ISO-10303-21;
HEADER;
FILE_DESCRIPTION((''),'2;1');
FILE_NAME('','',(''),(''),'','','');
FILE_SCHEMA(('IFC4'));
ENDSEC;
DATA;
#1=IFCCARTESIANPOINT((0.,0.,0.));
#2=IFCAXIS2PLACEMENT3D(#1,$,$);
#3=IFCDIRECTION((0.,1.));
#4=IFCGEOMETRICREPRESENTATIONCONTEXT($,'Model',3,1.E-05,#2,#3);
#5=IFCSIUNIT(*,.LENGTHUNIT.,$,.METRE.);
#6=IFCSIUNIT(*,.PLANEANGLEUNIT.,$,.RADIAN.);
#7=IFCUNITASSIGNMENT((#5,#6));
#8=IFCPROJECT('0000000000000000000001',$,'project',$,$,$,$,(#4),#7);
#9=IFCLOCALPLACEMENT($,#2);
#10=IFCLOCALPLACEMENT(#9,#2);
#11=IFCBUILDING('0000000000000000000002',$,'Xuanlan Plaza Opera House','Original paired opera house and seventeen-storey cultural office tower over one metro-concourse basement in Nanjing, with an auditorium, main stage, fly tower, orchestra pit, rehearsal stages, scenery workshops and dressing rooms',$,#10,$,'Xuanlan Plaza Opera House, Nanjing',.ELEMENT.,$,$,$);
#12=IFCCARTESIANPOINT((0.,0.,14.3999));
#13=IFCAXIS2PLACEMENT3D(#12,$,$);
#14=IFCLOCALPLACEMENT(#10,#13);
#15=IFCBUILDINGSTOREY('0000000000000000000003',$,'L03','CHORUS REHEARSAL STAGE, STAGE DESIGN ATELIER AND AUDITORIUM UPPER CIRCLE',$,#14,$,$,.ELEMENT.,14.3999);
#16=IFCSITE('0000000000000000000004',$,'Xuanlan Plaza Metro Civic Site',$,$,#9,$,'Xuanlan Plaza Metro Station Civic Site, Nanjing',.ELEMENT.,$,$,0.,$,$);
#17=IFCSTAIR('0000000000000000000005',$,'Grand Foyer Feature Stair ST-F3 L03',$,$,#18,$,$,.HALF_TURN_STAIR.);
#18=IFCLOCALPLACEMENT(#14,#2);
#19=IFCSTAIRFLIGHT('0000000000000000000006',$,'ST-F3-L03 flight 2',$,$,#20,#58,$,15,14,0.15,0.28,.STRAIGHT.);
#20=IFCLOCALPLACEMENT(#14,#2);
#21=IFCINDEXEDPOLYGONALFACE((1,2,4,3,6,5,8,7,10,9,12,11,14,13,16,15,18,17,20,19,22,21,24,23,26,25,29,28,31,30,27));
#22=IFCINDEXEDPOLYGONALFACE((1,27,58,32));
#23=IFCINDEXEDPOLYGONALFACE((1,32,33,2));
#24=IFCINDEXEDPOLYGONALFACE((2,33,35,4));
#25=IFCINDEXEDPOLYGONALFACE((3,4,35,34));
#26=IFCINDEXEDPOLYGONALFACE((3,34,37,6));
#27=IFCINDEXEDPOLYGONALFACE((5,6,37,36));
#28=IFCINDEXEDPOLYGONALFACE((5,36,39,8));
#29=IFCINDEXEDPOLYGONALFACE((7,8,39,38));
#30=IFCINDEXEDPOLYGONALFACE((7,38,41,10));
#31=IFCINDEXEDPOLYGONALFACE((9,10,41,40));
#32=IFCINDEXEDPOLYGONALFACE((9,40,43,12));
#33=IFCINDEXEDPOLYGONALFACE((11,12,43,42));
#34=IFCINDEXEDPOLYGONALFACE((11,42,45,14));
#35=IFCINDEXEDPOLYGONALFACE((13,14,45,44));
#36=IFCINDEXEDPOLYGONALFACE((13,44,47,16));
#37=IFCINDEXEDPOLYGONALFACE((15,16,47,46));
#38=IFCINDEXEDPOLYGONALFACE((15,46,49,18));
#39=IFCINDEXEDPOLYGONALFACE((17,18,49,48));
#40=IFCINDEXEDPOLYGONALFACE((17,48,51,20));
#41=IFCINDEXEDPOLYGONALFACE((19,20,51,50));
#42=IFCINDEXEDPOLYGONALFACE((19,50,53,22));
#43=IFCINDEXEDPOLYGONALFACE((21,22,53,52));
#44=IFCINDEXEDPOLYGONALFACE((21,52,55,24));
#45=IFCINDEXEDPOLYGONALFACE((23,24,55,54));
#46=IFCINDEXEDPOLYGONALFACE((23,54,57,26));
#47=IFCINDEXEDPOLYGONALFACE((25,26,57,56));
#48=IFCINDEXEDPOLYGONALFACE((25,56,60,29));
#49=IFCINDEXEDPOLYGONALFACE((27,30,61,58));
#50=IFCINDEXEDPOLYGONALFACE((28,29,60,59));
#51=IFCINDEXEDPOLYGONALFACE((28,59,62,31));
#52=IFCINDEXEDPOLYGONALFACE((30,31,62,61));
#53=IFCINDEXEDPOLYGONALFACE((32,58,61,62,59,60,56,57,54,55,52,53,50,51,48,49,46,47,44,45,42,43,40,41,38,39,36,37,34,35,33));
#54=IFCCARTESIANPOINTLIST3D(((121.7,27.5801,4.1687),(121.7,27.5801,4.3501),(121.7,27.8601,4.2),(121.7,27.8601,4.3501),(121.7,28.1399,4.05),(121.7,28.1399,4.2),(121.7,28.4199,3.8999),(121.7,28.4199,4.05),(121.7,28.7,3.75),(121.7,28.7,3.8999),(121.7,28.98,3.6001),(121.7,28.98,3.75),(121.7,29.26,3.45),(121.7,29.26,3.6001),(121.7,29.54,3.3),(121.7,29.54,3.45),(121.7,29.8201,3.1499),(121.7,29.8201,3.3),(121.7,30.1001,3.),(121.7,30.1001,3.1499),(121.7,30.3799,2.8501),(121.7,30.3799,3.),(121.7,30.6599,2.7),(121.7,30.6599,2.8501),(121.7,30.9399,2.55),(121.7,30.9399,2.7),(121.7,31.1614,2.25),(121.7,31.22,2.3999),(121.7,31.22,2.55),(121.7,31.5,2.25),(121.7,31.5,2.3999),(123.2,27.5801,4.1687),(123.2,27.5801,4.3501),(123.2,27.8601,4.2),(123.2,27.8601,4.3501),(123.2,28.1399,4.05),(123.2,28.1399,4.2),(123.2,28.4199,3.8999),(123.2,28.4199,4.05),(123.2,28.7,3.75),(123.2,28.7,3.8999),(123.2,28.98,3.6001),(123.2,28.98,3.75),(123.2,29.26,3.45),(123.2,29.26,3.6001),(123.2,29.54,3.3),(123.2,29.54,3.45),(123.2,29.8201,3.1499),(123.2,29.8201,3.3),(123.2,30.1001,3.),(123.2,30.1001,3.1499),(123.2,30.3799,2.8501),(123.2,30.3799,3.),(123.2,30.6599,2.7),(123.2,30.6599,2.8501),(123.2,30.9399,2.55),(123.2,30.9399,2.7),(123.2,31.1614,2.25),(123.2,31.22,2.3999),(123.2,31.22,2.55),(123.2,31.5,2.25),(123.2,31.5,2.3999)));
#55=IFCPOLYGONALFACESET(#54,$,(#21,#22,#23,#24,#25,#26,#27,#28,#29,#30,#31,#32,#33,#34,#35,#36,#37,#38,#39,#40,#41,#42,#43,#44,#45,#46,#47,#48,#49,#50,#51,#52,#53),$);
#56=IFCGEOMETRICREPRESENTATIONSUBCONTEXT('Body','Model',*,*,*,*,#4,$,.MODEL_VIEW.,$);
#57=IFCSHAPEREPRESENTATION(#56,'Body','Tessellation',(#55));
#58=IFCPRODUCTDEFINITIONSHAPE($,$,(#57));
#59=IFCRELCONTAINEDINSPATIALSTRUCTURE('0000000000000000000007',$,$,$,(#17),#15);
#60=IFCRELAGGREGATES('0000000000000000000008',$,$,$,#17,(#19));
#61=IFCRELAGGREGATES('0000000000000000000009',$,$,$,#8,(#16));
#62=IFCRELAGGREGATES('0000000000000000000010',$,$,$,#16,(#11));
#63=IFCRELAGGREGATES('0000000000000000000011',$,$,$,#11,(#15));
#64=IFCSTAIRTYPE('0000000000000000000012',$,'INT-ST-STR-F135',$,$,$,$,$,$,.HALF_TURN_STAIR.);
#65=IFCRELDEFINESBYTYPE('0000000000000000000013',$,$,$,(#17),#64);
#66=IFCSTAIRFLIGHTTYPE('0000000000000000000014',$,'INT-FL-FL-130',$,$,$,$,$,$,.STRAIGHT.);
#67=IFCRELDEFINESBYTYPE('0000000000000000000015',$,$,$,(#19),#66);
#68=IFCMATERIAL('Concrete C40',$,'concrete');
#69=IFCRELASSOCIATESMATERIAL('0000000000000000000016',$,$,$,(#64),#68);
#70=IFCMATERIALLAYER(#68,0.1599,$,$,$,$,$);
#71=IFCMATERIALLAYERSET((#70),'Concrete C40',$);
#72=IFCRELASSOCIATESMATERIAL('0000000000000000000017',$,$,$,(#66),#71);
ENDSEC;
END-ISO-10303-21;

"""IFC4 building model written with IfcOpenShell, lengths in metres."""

from ifc_helpers import new_model, si_unit, direction, frame, origin, place, context, subcontext, project, spatial, polyline, outline, extrude, material, layer, layer_set, type_object, element, aggregate, save


model = new_model("IFC4")

# Units and contexts
model_context = context("Model", 3, precision=1e-05, world=origin(), true_north=direction((0.0, 1.0)))
body_context = subcontext(model_context, "Body", "Model", "MODEL_VIEW")
ifc_project = project(units=[si_unit("LENGTHUNIT", "METRE"), si_unit("PLANEANGLEUNIT", "RADIAN")], contexts=[model_context])

# Site, building, storey
site_placement = place(None, origin())
site = spatial("IfcSite", under=ifc_project, at=site_placement, Name="Xuanlan Plaza Metro Civic Site", LongName="Xuanlan Plaza Metro Station Civic Site, Nanjing", CompositionType="ELEMENT", RefElevation=0.0)
building_placement = place(site_placement, origin())
building = spatial("IfcBuilding", under=site, at=building_placement, Name="Xuanlan Plaza Opera House", Description="Original paired opera house and seventeen-storey cultural office tower over one metro-concourse basement in Nanjing, with an auditorium, main stage, fly tower, orchestra pit, rehearsal stages, scenery workshops and dressing rooms", LongName="Xuanlan Plaza Opera House, Nanjing", CompositionType="ELEMENT")
storey_placement = place(building_placement, frame((0.0, 0.0, 14.3999)))
storey = spatial("IfcBuildingStorey", under=building, at=storey_placement, Name="L03", Description="CHORUS REHEARSAL STAGE, STAGE DESIGN ATELIER AND AUDITORIUM UPPER CIRCLE", CompositionType="ELEMENT", Elevation=14.3999)

# Shared definitions
ifc_material_1 = material(Name="Concrete C40", Category="concrete")

# Stair, stair flight
stair_type = type_object("IfcStairType", Name="INT-ST-STR-F135", PredefinedType="HALF_TURN_STAIR", material=ifc_material_1)
stair_placement = place(storey_placement, origin())
stair = element("IfcStair", 1, at=stair_placement, inside=storey, type_object=stair_type, Name="Grand Foyer Feature Stair ST-F3 L03", PredefinedType="HALF_TURN_STAIR")
ifc_layer_1 = layer(ifc_material_1, 0.1599)
ifc_layer_set_1 = layer_set([ifc_layer_1], Name="Concrete C40")
stair_flight_type = type_object("IfcStairFlightType", Name="INT-FL-FL-130", PredefinedType="STRAIGHT", material=ifc_layer_set_1)
stair_flight_1_placement = place(storey_placement, frame((122.45, 31.5, 2.25), z_axis=(0.0, 0.0, 1.0), x_axis=(0.0, -1.0, 0.0)))
stair_flight_1 = element("IfcStairFlight", 2, at=stair_flight_1_placement, type_object=stair_flight_type, Name="ST-F3-L03 flight 2", NumberOfRisers=15, NumberOfTreads=14, PredefinedType="STRAIGHT", RiserHeight=0.15, TreadLength=0.28, context=body_context, shape_type="SweptSolid", body=[
    extrude(outline(polyline([(0.0, 0.0), (0.0, 0.1499), (0.28, 0.1499), (0.28, 0.3), (0.5601, 0.3), (0.5601, 0.45), (0.8401, 0.45), (0.8401, 0.6001), (1.1201, 0.6001), (1.1201, 0.75), (1.3999, 0.75), (1.3999, 0.8999), (1.6799, 0.8999), (1.6799, 1.05), (1.96, 1.05), (1.96, 1.2), (2.24, 1.2), (2.24, 1.3501), (2.52, 1.3501), (2.52, 1.5), (2.8, 1.5), (2.8, 1.6499), (3.0801, 1.6499), (3.0801, 1.8), (3.3601, 1.8), (3.3601, 1.95), (3.6399, 1.95), (3.6399, 2.1001), (3.9199, 2.1001), (3.9199, 2.25), (3.9199, 1.9187), (0.3386, 0.0), (0.0, 0.0)])), frame((0.0, 0.75, 0.0), z_axis=(0.0, -1.0, 0.0), x_axis=(1.0, 0.0, 0.0)), (0.0, 0.0, 1.0), 1.5),
])
aggregate(stair, [stair_flight_1])

save(model, "model.ifc")
